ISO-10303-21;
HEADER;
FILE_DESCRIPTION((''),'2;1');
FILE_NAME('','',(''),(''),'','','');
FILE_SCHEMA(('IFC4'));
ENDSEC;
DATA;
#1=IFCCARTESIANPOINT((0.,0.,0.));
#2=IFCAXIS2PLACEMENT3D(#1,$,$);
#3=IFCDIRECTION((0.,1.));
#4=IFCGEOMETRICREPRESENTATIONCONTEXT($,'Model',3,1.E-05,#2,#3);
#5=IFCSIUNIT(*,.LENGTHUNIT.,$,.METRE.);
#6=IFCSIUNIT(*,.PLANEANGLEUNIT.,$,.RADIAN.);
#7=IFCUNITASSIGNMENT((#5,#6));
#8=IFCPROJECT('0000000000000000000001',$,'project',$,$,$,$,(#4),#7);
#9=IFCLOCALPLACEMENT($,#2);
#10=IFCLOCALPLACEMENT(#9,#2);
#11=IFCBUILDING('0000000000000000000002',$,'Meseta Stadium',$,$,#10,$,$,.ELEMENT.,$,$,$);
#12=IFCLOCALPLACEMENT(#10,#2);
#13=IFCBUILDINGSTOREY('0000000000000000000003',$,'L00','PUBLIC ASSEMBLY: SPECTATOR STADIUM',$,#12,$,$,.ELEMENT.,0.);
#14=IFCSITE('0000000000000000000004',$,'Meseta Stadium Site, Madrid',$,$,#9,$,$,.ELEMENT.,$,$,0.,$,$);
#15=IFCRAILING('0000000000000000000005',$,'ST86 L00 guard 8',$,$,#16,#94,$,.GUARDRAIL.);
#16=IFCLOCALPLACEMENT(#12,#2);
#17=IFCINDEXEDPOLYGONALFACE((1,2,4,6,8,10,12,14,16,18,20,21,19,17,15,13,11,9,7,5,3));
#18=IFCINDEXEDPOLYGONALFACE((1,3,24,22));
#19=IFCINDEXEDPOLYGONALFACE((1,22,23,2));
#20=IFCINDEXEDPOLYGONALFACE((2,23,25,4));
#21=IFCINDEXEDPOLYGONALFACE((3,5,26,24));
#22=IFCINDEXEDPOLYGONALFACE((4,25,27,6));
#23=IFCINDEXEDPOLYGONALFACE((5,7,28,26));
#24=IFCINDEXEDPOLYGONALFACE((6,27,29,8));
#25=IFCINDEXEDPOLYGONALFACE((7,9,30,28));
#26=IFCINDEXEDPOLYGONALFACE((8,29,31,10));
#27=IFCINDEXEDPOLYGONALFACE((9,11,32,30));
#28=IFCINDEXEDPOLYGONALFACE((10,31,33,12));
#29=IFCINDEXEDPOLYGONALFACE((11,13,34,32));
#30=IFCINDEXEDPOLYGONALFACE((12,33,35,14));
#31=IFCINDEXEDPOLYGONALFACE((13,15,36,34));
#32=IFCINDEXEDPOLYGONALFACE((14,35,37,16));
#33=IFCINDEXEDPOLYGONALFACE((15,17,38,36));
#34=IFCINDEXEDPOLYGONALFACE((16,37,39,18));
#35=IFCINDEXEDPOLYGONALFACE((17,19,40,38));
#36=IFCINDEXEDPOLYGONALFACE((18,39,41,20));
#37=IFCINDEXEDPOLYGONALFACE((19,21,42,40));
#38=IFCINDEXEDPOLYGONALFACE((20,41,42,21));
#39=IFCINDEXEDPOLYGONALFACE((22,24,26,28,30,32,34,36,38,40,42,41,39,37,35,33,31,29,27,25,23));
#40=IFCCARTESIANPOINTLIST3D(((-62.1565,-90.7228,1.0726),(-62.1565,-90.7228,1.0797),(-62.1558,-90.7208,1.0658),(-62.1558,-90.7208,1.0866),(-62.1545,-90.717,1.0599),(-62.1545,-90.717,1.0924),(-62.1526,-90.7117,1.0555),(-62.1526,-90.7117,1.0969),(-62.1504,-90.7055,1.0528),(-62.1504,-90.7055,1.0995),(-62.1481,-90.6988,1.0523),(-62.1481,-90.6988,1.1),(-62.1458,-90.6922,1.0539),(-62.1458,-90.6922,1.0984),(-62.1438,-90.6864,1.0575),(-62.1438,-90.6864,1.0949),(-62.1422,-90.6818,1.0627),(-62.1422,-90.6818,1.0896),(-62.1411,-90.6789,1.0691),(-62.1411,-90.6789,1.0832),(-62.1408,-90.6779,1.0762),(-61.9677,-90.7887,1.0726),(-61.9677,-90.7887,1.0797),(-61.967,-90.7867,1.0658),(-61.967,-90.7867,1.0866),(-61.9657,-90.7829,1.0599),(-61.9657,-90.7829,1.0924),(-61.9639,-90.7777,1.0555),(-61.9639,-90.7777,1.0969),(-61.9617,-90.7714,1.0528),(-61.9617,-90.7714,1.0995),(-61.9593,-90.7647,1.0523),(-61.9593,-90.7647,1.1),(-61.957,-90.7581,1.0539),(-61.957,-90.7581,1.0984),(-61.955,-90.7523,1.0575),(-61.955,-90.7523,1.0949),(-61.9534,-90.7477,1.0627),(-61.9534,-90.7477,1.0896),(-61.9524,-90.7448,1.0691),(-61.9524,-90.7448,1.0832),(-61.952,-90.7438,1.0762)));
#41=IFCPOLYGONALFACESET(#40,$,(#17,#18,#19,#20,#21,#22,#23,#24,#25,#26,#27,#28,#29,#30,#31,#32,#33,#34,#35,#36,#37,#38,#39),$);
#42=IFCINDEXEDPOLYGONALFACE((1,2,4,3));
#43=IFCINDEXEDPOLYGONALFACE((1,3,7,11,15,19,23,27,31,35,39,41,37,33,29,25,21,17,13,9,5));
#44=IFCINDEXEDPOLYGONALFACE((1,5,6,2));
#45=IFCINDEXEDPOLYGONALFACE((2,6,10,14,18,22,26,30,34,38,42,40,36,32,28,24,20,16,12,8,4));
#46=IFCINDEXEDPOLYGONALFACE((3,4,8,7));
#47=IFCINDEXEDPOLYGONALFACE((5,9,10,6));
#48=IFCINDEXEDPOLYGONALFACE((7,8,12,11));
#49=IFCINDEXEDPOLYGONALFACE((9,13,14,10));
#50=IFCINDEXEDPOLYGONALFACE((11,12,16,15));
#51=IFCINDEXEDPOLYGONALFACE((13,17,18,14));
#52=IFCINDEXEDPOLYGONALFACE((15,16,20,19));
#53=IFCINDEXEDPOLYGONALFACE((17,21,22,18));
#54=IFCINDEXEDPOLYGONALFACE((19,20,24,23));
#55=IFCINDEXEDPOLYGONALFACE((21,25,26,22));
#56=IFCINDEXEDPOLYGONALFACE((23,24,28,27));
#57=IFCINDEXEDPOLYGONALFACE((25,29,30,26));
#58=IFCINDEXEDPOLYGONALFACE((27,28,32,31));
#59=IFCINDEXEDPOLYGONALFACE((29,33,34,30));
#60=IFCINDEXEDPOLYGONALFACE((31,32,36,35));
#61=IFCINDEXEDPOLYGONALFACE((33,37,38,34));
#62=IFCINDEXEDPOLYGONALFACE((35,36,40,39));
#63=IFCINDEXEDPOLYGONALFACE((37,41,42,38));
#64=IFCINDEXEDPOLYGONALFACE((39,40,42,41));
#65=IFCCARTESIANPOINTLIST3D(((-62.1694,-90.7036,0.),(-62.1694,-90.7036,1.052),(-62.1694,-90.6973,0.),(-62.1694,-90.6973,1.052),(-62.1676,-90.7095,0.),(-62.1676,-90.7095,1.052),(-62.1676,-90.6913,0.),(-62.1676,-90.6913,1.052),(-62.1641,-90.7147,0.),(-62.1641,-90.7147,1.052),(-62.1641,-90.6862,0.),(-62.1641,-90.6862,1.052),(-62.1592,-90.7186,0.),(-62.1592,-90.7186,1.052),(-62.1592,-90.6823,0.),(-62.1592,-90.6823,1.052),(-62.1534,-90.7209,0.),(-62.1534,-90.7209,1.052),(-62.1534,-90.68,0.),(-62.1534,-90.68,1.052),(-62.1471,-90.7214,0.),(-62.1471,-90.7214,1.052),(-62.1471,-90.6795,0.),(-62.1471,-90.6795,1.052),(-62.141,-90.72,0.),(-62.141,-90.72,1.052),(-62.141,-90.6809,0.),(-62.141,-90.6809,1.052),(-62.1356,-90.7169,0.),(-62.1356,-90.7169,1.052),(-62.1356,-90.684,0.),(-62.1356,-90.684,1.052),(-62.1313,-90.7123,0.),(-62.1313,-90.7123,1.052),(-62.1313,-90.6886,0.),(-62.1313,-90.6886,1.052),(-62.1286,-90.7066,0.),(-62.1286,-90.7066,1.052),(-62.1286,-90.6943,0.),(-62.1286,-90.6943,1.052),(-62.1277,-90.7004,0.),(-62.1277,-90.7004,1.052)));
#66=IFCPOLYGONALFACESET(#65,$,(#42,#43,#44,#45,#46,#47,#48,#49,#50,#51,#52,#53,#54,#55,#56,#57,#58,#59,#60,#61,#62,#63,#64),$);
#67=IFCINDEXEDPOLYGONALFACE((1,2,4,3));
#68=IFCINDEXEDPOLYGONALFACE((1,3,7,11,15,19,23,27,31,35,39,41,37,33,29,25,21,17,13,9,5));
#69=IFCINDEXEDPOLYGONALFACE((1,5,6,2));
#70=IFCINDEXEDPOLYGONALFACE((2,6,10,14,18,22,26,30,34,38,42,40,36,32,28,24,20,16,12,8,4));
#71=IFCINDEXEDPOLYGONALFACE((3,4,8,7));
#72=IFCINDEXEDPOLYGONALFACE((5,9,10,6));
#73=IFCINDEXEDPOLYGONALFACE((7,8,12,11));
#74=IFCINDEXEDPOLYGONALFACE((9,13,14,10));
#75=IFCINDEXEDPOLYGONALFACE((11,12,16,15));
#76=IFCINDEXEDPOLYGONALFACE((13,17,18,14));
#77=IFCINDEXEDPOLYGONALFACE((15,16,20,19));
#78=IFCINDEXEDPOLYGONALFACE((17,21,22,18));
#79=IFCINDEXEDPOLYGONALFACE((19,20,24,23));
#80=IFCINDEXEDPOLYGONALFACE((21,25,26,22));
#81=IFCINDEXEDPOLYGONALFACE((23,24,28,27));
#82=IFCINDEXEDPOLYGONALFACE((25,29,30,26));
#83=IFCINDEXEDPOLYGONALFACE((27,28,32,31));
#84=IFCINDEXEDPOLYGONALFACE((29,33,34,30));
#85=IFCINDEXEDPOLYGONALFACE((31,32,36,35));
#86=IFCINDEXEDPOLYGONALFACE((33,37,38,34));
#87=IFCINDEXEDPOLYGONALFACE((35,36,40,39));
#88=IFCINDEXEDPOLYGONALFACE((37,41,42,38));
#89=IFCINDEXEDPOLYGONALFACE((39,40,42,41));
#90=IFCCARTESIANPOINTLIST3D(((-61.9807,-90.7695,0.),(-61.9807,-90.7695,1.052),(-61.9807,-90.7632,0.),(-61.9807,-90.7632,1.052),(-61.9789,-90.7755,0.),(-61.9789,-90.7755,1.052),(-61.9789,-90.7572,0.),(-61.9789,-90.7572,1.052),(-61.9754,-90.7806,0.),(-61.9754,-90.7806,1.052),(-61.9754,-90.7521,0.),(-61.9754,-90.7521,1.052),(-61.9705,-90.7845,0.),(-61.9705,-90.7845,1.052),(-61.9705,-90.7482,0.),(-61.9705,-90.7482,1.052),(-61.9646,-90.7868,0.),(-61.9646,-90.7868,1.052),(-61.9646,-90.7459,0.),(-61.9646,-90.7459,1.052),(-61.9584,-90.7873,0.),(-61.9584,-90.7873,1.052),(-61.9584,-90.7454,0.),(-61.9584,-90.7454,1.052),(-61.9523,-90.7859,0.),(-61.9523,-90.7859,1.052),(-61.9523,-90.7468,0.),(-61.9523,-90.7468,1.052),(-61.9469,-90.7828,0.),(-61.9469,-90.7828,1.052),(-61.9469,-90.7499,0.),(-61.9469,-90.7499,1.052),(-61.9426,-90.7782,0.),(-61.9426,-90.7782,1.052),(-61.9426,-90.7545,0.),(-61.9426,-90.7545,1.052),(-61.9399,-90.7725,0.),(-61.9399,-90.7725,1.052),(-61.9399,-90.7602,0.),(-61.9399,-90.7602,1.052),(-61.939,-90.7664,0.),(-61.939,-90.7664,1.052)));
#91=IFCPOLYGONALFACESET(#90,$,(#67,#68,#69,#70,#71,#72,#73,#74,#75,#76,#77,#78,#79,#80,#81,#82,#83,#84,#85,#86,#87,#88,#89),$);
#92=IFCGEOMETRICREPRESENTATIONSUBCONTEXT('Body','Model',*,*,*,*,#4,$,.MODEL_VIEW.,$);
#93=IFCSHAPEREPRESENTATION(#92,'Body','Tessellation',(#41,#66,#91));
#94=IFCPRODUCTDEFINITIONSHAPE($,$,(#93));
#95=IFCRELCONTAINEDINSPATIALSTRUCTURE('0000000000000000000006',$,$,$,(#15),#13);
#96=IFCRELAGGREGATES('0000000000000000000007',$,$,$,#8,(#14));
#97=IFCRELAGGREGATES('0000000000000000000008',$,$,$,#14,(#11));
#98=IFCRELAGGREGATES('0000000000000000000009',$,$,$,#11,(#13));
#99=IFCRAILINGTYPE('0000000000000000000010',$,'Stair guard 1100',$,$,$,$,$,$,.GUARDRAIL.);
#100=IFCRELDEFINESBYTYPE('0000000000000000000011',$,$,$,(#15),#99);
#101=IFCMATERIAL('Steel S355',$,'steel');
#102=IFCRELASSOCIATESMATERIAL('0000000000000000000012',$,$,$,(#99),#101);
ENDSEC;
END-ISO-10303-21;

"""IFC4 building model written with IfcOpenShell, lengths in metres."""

from ifc_helpers import new_model, si_unit, direction, frame, origin, origin_2d, place, context, subcontext, project, spatial, circle, extrude, material, type_object, element, save


model = new_model("IFC4")

# Units and contexts
model_context = context("Model", 3, precision=1e-05, world=origin(), true_north=direction((0.0, 1.0)))
body_context = subcontext(model_context, "Body", "Model", "MODEL_VIEW")
ifc_project = project(units=[si_unit("LENGTHUNIT", "METRE"), si_unit("PLANEANGLEUNIT", "RADIAN")], contexts=[model_context])

# Site, building, storey
site_placement = place(None, origin())
site = spatial("IfcSite", under=ifc_project, at=site_placement, Name="Meseta Stadium Site, Madrid", CompositionType="ELEMENT", RefElevation=0.0)
building_placement = place(site_placement, origin())
building = spatial("IfcBuilding", under=site, at=building_placement, Name="Meseta Stadium", CompositionType="ELEMENT")
storey_placement = place(building_placement, origin())
storey = spatial("IfcBuildingStorey", under=building, at=storey_placement, Name="L00", Description="PUBLIC ASSEMBLY: SPECTATOR STADIUM", CompositionType="ELEMENT", Elevation=0.0)

# Railing
ifc_material_1 = material(Name="Steel S355", Category="steel")
railing_type_1 = type_object("IfcRailingType", Name="Stair guard 1100", PredefinedType="GUARDRAIL", material=ifc_material_1)
railing_1_placement = place(storey_placement, frame((-62.1487, -90.7004, 0.0)))
element("IfcRailing", 1, at=railing_1_placement, inside=storey, type_object=railing_type_1, Name="ST86 L00 guard 8", PredefinedType="GUARDRAIL", context=body_context, shape_type="SweptSolid", body=[
    extrude(circle(Radius=0.0239, at=origin_2d()), frame((0.0, 0.0, 1.0762), z_axis=(0.944068, -0.329752, 0.0), x_axis=(0.329752, 0.944068, 0.0)), (0.0, 0.0, 1.0), 0.2),
    extrude(circle(Radius=0.021, at=origin_2d()), origin(), (0.0, 0.0, 1.0), 1.052),
    extrude(circle(Radius=0.021, at=origin_2d()), frame((0.1887, -0.0659, 0.0)), (0.0, 0.0, 1.0), 1.052),
])

save(model, "model.ifc")
